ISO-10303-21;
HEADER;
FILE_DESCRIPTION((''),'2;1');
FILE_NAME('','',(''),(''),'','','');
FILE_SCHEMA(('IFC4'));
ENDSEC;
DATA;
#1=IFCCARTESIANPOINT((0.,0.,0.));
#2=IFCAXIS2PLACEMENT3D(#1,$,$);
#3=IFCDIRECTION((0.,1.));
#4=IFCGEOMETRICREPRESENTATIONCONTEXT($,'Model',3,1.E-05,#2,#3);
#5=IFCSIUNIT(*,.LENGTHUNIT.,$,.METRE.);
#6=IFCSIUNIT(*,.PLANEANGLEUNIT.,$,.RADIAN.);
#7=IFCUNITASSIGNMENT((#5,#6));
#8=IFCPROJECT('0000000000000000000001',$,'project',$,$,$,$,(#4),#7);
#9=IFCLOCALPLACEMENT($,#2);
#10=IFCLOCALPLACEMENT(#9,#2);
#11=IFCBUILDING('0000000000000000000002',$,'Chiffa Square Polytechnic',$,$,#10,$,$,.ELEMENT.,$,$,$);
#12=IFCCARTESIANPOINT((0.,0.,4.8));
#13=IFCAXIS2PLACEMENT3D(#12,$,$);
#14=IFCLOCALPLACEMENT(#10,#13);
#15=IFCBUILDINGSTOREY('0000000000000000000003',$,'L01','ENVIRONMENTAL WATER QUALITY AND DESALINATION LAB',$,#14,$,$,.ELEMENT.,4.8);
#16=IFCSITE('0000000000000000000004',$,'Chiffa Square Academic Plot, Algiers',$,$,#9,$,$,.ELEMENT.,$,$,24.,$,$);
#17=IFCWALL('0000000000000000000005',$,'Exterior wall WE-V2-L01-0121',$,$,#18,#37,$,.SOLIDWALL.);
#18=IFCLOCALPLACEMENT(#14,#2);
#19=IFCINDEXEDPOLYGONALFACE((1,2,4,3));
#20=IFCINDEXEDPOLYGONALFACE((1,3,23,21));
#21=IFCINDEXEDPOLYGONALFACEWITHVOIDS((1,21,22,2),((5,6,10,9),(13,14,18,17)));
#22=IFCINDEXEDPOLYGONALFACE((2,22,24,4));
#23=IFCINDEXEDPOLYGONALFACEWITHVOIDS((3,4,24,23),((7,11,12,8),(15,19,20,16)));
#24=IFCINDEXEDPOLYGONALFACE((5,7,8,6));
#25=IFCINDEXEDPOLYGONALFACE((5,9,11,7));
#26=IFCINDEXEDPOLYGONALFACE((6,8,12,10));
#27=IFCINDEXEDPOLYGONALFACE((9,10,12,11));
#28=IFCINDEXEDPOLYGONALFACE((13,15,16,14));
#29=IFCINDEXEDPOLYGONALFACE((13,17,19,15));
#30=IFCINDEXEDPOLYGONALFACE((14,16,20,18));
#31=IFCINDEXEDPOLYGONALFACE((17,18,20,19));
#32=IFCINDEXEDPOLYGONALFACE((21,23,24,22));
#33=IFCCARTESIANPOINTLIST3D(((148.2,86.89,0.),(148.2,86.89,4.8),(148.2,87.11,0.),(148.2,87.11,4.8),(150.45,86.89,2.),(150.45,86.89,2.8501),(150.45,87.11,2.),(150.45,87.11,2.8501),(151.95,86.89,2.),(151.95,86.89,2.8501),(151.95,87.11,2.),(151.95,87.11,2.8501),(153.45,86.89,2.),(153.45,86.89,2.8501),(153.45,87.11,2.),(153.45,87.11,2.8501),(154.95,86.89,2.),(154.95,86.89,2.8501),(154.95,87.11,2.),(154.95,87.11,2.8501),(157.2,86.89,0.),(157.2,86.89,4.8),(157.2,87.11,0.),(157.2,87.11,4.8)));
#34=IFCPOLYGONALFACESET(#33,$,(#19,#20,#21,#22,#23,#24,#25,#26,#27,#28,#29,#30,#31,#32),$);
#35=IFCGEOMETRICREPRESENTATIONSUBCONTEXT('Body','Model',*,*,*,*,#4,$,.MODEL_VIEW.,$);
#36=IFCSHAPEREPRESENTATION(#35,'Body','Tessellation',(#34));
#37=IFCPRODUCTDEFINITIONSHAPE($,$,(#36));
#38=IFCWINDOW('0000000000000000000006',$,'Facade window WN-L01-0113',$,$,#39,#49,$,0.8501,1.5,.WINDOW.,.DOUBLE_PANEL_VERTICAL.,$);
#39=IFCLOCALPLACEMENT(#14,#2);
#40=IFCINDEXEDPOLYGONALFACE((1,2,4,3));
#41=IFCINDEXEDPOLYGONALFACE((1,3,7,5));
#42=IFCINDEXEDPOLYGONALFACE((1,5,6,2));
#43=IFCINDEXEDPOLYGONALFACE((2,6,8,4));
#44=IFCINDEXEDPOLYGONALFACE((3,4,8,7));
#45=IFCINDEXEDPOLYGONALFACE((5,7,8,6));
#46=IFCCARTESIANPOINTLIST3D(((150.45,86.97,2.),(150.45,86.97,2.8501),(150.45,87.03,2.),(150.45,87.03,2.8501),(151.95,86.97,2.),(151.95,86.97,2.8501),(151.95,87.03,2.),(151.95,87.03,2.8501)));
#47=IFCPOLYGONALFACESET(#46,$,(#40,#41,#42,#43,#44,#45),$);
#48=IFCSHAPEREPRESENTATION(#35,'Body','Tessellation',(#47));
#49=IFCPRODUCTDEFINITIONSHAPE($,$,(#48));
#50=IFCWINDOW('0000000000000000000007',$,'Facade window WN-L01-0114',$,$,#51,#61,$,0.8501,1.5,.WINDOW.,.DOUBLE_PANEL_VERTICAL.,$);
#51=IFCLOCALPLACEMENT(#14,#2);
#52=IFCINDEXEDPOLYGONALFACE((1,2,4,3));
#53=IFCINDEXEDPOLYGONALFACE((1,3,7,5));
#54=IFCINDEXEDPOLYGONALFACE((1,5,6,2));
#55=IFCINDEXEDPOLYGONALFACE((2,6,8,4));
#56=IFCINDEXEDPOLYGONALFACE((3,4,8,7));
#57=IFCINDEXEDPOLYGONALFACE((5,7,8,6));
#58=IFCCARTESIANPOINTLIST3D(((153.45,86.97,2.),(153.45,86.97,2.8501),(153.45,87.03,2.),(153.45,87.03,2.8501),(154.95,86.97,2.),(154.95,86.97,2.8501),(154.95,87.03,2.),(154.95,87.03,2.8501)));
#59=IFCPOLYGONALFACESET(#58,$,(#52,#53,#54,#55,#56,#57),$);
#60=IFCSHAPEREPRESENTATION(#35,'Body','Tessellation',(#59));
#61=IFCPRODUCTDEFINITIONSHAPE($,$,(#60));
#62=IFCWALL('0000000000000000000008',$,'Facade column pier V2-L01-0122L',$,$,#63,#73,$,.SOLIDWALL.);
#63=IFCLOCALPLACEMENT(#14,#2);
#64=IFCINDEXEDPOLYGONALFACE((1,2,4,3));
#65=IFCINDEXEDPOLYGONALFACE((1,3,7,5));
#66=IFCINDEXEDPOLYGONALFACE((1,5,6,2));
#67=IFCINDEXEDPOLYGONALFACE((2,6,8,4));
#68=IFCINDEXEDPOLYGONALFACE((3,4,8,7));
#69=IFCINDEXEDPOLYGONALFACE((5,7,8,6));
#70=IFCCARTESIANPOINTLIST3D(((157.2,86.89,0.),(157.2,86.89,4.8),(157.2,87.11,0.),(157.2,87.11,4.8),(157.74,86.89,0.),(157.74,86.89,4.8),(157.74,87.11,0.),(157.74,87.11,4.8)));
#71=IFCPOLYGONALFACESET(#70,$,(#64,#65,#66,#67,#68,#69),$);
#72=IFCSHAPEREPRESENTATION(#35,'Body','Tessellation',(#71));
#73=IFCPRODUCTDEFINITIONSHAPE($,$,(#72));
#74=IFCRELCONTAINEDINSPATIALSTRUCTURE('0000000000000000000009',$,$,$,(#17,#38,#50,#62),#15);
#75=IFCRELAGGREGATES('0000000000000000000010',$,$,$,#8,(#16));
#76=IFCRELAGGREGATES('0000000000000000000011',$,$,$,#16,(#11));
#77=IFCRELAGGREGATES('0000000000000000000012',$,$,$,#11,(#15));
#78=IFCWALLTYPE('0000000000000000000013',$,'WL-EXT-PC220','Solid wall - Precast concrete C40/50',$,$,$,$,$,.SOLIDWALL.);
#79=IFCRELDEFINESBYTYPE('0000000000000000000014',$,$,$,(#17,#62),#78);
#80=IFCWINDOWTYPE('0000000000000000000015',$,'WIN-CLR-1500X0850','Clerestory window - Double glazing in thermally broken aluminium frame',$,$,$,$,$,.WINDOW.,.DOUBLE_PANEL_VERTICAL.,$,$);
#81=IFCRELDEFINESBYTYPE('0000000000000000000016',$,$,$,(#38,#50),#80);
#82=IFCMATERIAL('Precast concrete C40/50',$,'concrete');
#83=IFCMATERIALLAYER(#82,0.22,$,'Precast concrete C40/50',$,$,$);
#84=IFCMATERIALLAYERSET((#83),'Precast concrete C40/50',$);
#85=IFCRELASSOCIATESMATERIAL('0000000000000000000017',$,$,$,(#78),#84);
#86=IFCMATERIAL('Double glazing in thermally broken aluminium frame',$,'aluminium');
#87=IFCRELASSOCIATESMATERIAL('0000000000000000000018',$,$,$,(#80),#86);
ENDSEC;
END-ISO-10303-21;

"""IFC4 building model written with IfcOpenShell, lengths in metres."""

from ifc_helpers import new_model, si_unit, direction, frame, frame_2d, origin, place, context, subcontext, project, spatial, rectangle, extrude, material, layer, layer_set, type_object, element, fill, save


model = new_model("IFC4")

# Units and contexts
model_context = context("Model", 3, precision=1e-05, world=origin(), true_north=direction((0.0, 1.0)))
body_context = subcontext(model_context, "Body", "Model", "MODEL_VIEW")
ifc_project = project(units=[si_unit("LENGTHUNIT", "METRE"), si_unit("PLANEANGLEUNIT", "RADIAN")], contexts=[model_context])

# Site, building, storey
site_placement = place(None, origin())
site = spatial("IfcSite", under=ifc_project, at=site_placement, Name="Chiffa Square Academic Plot, Algiers", CompositionType="ELEMENT", RefElevation=24.0)
building_placement = place(site_placement, origin())
building = spatial("IfcBuilding", under=site, at=building_placement, Name="Chiffa Square Polytechnic", CompositionType="ELEMENT")
storey_placement = place(building_placement, frame((0.0, 0.0, 4.8)))
storey = spatial("IfcBuildingStorey", under=building, at=storey_placement, Name="L01", Description="ENVIRONMENTAL WATER QUALITY AND DESALINATION LAB", CompositionType="ELEMENT", Elevation=4.8)

# Shared definitions
ifc_material_1 = material(Name="Precast concrete C40/50", Category="concrete")
ifc_layer_1 = layer(ifc_material_1, 0.22, Name="Precast concrete C40/50")
ifc_layer_set_1 = layer_set([ifc_layer_1], Name="Precast concrete C40/50")
wall_type = type_object("IfcWallType", Name="WL-EXT-PC220", Description="Solid wall - Precast concrete C40/50", PredefinedType="SOLIDWALL", material=ifc_layer_set_1)

# Wall, openings, windows
wall_1_placement = place(storey_placement, frame((148.2, 87.0, 0.0), z_axis=(0.0, 0.0, 1.0), x_axis=(1.0, 0.0, 0.0)))
wall_1 = element("IfcWall", 1, at=wall_1_placement, inside=storey, type_object=wall_type, Name="Exterior wall WE-V2-L01-0121", PredefinedType="SOLIDWALL", context=body_context, shape_type="SweptSolid", body=[
    extrude(rectangle(XDim=9.0, YDim=0.22, at=frame_2d((4.5, 0.0))), origin(), (0.0, 0.0, 1.0), 4.8),
])
opening_1_placement = place(wall_1_placement, frame((2.25, 0.0, 2.0)))
opening_1 = element("IfcOpeningElement", 2, at=opening_1_placement, cuts=wall_1, PredefinedType="OPENING", context=body_context, shape_type="SweptSolid", body=[
    extrude(rectangle(XDim=1.5, YDim=0.8501, at=frame_2d((0.75, 0.425))), frame((0.0, 0.1201, 0.0), z_axis=(0.0, -1.0, 0.0), x_axis=(1.0, 0.0, 0.0)), (0.0, 0.0, 1.0), 0.24),
])
opening_2_placement = place(wall_1_placement, frame((5.25, 0.0, 2.0)))
opening_2 = element("IfcOpeningElement", 3, at=opening_2_placement, cuts=wall_1, PredefinedType="OPENING", context=body_context, shape_type="SweptSolid", body=[
    extrude(rectangle(XDim=1.5, YDim=0.8501, at=frame_2d((0.75, 0.425))), frame((0.0, 0.1201, 0.0), z_axis=(0.0, -1.0, 0.0), x_axis=(1.0, 0.0, 0.0)), (0.0, 0.0, 1.0), 0.24),
])
ifc_material_2 = material(Name="Double glazing in thermally broken aluminium frame", Category="aluminium")
window_type = type_object("IfcWindowType", Name="WIN-CLR-1500X0850", Description="Clerestory window - Double glazing in thermally broken aluminium frame", PartitioningType="DOUBLE_PANEL_VERTICAL", PredefinedType="WINDOW", material=ifc_material_2)
window_1_placement = place(opening_1_placement, origin())
window_1 = element("IfcWindow", 4, at=window_1_placement, inside=storey, type_object=window_type, Name="Facade window WN-L01-0113", OverallHeight=0.8501, OverallWidth=1.5, PartitioningType="DOUBLE_PANEL_VERTICAL", PredefinedType="WINDOW", context=body_context, shape_type="SweptSolid", body=[
    extrude(rectangle(XDim=1.5, YDim=0.8501, at=frame_2d((0.75, 0.425))), frame((0.0, 0.03, 0.0), z_axis=(0.0, -1.0, 0.0), x_axis=(1.0, 0.0, 0.0)), (0.0, 0.0, 1.0), 0.0601),
])
fill(opening_1, window_1)
window_2_placement = place(opening_2_placement, origin())
window_2 = element("IfcWindow", 5, at=window_2_placement, inside=storey, type_object=window_type, Name="Facade window WN-L01-0114", OverallHeight=0.8501, OverallWidth=1.5, PartitioningType="DOUBLE_PANEL_VERTICAL", PredefinedType="WINDOW", context=body_context, shape_type="SweptSolid", body=[
    extrude(rectangle(XDim=1.5, YDim=0.8501, at=frame_2d((0.75, 0.425))), frame((0.0, 0.03, 0.0), z_axis=(0.0, -1.0, 0.0), x_axis=(1.0, 0.0, 0.0)), (0.0, 0.0, 1.0), 0.0601),
])
fill(opening_2, window_2)

# Wall
wall_2_placement = place(storey_placement, frame((157.2, 87.0, 0.0), z_axis=(0.0, 0.0, 1.0), x_axis=(1.0, 0.0, 0.0)))
element("IfcWall", 6, at=wall_2_placement, inside=storey, type_object=wall_type, Name="Facade column pier V2-L01-0122L", PredefinedType="SOLIDWALL", context=body_context, shape_type="SweptSolid", body=[
    extrude(rectangle(XDim=0.54, YDim=0.22, at=frame_2d((0.27, 0.0))), origin(), (0.0, 0.0, 1.0), 4.8),
])

save(model, "model.ifc")
